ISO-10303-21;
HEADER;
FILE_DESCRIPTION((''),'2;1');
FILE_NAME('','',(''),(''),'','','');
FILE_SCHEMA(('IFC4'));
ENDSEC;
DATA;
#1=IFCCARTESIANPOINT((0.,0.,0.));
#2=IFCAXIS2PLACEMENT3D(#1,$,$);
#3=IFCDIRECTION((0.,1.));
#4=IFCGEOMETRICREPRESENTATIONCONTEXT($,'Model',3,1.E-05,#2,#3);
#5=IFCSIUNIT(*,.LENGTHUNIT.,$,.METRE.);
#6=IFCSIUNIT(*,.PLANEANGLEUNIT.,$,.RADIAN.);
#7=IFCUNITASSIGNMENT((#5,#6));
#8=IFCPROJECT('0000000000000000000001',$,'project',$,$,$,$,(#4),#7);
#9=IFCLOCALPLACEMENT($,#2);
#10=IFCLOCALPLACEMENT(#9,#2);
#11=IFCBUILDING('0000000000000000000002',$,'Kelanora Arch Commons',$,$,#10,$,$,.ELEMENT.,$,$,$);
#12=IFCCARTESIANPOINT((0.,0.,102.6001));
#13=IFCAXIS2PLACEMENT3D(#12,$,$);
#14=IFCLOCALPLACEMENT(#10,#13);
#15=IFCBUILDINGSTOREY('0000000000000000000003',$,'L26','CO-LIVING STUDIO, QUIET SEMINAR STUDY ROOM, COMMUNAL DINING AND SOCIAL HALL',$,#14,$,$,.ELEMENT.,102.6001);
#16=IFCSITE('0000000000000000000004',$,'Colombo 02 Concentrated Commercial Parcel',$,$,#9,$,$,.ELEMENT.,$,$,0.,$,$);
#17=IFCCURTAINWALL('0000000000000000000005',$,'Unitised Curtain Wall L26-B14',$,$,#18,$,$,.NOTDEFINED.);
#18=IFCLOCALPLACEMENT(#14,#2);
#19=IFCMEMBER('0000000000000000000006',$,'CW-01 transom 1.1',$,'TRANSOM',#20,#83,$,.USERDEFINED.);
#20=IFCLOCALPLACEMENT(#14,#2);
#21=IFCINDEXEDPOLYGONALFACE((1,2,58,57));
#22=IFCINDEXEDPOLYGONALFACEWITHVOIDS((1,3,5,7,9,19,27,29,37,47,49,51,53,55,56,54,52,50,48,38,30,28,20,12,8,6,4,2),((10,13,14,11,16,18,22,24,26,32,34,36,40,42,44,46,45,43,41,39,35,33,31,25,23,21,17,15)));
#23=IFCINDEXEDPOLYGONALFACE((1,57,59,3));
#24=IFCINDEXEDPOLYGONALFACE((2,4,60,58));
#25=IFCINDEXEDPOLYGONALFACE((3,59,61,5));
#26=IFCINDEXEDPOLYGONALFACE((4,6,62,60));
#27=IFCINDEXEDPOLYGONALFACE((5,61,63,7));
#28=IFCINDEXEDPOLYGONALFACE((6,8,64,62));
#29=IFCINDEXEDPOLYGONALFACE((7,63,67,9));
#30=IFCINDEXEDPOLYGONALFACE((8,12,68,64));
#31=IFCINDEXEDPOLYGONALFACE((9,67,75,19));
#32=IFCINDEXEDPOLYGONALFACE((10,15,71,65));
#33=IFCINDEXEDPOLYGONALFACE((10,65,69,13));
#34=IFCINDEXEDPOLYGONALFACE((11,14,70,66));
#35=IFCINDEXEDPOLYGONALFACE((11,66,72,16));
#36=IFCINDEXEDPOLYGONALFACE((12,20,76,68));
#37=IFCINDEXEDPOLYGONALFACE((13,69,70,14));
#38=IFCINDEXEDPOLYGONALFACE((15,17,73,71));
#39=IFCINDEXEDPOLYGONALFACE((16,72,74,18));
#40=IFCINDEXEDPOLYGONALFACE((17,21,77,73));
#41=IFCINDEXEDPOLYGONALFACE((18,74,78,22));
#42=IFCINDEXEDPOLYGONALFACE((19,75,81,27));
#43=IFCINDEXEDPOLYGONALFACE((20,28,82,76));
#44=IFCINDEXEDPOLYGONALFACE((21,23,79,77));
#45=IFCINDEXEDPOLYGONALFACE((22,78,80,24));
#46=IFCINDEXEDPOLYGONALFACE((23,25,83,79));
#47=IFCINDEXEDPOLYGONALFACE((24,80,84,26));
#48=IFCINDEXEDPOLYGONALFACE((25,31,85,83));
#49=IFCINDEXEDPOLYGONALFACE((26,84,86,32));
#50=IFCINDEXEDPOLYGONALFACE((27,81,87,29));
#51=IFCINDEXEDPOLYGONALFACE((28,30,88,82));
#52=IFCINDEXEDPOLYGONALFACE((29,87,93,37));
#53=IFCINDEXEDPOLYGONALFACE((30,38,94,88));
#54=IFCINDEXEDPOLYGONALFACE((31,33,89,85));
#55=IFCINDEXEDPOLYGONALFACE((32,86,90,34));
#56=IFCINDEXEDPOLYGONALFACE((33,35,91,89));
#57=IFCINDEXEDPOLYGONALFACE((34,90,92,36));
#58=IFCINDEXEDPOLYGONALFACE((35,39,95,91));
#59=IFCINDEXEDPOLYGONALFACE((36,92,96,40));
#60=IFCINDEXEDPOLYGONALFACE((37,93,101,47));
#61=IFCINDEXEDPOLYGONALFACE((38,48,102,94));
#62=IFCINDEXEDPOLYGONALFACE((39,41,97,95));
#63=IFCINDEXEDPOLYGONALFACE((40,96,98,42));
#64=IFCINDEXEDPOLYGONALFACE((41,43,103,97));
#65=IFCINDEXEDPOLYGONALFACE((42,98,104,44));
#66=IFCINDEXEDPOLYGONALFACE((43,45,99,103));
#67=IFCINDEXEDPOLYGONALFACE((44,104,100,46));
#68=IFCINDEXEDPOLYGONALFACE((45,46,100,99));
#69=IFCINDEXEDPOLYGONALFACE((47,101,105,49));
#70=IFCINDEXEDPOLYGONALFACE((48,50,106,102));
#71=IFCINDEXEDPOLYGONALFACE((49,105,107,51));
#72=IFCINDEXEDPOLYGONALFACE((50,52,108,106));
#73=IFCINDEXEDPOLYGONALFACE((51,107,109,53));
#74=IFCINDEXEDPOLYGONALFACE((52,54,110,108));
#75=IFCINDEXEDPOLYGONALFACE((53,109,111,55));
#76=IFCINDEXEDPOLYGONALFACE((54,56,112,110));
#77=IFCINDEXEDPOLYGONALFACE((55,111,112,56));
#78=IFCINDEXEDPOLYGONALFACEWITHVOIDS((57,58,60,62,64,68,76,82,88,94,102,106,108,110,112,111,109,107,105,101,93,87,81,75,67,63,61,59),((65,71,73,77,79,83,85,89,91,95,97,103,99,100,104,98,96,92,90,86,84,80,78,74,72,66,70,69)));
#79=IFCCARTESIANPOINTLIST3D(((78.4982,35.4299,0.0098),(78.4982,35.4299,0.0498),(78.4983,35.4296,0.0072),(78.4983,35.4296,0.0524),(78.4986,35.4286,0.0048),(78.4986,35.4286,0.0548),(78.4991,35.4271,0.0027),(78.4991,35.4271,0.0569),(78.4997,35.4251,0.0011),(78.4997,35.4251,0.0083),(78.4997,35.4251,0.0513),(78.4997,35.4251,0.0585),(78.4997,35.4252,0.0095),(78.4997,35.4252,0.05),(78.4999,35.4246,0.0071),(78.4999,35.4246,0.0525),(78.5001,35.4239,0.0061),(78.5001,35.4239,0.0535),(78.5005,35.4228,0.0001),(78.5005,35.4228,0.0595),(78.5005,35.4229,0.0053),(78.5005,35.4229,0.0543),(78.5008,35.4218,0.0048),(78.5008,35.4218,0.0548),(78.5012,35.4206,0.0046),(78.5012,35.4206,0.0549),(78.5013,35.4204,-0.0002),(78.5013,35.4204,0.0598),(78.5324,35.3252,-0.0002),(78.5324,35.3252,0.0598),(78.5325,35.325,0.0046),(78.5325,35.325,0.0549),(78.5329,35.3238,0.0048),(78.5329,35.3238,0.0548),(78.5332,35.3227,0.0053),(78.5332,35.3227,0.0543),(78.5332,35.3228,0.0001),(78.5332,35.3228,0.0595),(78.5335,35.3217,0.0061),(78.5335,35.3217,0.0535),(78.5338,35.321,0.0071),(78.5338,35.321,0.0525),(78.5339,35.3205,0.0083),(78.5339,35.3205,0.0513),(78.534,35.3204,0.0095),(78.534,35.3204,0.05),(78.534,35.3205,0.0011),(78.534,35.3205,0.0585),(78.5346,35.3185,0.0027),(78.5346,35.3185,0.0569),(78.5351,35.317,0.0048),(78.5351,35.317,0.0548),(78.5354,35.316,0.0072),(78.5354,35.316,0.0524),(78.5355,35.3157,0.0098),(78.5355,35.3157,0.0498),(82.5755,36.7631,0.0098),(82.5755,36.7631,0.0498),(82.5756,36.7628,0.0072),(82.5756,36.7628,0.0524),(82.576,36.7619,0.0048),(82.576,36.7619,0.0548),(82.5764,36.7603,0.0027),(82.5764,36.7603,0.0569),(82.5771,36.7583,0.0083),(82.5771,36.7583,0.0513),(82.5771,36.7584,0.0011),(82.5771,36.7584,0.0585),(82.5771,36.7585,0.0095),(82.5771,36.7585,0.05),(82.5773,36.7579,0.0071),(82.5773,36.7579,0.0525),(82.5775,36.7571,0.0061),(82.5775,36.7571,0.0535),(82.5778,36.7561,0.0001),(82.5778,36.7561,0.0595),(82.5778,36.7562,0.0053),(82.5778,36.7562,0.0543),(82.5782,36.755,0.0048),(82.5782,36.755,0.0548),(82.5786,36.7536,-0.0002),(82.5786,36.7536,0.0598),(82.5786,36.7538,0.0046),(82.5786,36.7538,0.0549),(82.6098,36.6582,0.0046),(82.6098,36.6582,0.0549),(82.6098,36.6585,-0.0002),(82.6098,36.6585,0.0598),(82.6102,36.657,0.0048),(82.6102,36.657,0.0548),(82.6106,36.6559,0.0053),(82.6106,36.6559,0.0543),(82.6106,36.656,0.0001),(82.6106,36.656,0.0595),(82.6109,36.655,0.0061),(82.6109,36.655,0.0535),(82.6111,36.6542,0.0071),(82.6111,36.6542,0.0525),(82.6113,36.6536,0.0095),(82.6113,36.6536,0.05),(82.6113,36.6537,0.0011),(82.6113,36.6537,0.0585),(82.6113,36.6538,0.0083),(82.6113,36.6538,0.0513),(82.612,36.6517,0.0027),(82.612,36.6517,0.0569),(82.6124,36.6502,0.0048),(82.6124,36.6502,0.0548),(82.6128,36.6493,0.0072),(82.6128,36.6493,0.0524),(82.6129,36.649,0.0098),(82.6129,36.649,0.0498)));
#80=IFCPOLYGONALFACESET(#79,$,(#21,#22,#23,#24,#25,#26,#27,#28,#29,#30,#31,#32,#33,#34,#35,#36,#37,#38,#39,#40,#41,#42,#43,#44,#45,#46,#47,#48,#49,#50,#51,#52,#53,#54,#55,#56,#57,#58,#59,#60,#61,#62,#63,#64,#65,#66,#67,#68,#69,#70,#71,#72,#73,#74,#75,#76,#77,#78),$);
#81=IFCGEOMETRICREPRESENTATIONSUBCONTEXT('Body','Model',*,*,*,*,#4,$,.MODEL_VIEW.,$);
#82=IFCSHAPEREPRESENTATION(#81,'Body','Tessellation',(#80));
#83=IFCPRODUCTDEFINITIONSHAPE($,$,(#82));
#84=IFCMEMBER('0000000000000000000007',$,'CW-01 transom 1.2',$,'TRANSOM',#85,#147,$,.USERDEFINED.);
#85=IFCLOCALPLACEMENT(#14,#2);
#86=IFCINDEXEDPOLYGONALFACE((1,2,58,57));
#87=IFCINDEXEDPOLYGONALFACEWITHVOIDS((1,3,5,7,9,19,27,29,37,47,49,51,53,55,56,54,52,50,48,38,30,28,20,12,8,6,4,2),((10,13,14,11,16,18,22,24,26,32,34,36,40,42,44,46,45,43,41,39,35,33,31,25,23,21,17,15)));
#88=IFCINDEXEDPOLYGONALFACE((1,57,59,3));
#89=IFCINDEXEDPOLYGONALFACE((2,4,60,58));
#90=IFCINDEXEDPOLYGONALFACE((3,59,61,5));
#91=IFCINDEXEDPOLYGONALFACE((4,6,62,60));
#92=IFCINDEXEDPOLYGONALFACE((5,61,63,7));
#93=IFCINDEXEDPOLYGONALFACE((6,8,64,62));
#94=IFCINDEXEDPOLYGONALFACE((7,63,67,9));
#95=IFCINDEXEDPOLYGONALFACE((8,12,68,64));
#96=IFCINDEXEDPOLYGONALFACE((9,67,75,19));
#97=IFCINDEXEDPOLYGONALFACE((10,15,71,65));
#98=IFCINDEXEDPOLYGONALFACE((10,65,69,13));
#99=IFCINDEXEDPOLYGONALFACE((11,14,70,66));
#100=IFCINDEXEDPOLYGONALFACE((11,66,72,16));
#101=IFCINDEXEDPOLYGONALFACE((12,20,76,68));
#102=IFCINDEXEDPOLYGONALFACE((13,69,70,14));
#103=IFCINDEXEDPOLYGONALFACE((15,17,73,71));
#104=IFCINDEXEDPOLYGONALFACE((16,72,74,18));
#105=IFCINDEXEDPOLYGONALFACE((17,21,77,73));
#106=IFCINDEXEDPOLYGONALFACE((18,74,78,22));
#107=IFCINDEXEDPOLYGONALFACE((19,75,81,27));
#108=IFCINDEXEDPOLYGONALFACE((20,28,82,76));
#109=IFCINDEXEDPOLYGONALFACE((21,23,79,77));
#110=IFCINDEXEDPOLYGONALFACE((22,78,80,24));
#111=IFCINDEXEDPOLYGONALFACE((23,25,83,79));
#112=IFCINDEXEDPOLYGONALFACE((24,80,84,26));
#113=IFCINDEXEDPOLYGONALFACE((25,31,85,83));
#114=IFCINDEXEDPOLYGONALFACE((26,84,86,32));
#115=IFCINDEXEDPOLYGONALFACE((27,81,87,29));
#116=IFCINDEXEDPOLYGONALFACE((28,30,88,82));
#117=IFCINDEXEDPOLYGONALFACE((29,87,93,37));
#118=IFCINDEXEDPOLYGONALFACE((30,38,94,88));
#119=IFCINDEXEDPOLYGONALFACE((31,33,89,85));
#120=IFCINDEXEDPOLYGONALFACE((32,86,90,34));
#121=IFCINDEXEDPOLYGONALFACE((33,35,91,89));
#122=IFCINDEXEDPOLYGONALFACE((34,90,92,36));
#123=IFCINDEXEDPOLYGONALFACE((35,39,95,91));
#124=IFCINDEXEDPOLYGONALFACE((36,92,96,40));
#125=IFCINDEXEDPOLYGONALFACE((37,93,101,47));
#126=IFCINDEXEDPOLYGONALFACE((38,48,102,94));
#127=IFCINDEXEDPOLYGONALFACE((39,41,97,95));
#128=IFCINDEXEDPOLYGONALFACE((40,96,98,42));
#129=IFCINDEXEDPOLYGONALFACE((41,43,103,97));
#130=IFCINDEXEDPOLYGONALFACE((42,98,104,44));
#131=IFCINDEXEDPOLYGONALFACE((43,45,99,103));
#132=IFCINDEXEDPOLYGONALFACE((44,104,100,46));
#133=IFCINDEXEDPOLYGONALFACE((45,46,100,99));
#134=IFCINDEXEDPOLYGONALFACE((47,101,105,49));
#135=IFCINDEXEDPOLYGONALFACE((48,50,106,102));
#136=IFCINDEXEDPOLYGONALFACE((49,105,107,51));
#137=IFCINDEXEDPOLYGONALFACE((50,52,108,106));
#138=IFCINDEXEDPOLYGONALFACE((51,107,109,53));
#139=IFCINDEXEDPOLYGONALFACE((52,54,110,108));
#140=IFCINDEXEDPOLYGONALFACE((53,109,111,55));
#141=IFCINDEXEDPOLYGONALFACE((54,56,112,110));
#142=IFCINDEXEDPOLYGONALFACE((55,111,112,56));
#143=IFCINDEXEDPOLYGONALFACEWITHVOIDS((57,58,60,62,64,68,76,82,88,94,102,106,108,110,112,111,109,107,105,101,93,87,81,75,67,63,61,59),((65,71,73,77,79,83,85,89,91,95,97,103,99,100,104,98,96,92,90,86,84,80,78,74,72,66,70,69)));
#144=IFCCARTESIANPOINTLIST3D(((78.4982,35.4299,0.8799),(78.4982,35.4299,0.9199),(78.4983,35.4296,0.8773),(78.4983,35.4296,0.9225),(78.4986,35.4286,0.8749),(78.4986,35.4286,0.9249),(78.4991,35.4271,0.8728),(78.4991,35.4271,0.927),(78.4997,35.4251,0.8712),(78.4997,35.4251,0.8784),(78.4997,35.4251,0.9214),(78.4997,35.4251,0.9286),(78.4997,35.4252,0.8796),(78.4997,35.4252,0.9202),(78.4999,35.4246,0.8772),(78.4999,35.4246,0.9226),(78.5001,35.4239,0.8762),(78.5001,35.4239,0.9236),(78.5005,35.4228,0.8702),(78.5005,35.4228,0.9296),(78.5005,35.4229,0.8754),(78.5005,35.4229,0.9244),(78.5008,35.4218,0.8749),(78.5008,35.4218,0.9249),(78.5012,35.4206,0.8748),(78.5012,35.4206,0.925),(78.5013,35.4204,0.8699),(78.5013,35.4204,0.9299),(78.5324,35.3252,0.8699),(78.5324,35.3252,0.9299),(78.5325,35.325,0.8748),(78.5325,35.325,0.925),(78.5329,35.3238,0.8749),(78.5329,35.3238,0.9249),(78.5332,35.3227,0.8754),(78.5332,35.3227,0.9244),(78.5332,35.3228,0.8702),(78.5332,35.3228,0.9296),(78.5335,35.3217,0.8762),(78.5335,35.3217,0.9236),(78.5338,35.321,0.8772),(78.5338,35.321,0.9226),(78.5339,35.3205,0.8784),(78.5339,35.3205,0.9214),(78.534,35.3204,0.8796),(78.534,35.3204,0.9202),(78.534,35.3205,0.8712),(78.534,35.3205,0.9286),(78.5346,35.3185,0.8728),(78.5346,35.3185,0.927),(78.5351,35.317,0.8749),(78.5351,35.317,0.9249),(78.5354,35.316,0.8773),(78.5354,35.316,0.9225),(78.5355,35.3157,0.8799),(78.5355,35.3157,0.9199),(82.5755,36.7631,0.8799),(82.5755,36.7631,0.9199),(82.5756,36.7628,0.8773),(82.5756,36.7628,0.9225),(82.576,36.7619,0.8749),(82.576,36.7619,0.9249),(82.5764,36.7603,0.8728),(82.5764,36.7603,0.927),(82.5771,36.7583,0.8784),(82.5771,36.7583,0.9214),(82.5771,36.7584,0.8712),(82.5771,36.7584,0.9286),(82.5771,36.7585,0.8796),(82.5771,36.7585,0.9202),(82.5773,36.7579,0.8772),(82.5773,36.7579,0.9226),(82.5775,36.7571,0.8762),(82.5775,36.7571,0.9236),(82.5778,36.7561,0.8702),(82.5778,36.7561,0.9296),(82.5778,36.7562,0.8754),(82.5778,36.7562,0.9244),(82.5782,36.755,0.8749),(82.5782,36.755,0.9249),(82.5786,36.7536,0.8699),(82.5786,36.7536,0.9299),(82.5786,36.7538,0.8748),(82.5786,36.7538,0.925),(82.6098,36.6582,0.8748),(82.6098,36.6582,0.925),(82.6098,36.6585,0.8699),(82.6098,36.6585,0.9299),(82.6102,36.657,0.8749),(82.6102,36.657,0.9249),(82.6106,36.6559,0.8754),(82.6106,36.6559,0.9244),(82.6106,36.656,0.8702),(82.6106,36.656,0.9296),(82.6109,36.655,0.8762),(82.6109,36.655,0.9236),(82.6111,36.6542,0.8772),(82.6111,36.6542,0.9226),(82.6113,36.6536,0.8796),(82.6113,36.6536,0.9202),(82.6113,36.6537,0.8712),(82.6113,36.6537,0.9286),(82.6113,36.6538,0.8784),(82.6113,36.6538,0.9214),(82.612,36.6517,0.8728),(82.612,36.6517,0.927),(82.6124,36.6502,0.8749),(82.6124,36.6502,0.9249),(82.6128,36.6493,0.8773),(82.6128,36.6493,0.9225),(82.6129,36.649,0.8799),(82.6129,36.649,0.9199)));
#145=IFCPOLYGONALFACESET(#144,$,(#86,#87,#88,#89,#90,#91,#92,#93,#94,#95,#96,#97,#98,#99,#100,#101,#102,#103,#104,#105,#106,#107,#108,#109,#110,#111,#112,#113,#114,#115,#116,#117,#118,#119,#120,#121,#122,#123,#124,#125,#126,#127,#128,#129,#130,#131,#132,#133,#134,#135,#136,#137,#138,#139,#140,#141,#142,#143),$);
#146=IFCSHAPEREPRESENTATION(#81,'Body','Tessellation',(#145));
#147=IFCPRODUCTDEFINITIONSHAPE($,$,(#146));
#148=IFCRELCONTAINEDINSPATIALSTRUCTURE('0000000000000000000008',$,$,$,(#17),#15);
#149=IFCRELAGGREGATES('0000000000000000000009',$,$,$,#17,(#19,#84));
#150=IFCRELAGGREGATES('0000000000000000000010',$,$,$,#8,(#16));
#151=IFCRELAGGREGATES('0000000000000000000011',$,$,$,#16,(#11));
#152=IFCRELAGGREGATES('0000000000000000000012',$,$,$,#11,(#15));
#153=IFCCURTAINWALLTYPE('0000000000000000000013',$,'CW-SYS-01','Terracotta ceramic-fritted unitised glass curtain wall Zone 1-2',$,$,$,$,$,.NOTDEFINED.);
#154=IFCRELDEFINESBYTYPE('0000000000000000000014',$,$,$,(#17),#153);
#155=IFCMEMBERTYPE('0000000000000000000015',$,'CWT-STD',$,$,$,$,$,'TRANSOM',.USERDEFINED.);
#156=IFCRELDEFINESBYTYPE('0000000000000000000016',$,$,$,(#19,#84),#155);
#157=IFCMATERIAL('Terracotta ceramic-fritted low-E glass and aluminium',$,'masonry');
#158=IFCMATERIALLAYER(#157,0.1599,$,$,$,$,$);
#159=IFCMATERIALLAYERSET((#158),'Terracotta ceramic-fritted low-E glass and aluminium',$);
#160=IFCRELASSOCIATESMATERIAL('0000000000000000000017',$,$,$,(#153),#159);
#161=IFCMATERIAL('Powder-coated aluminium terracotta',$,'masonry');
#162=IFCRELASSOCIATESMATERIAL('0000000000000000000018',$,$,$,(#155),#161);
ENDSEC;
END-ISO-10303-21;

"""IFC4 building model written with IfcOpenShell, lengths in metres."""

from ifc_helpers import new_model, si_unit, direction, frame, origin, origin_2d, place, context, subcontext, project, spatial, hollow_rectangle, extrude, material, layer, layer_set, material_profile, profile_set, type_object, element, aggregate, save


model = new_model("IFC4")

# Units and contexts
model_context = context("Model", 3, precision=1e-05, world=origin(), true_north=direction((0.0, 1.0)))
body_context = subcontext(model_context, "Body", "Model", "MODEL_VIEW")
ifc_project = project(units=[si_unit("LENGTHUNIT", "METRE"), si_unit("PLANEANGLEUNIT", "RADIAN")], contexts=[model_context])

# Site, building, storey
site_placement = place(None, origin())
site = spatial("IfcSite", under=ifc_project, at=site_placement, Name="Colombo 02 Concentrated Commercial Parcel", CompositionType="ELEMENT", RefElevation=0.0)
building_placement = place(site_placement, origin())
building = spatial("IfcBuilding", under=site, at=building_placement, Name="Kelanora Arch Commons", CompositionType="ELEMENT")
storey_placement = place(building_placement, frame((0.0, 0.0, 102.6001)))
storey = spatial("IfcBuildingStorey", under=building, at=storey_placement, Name="L26", Description="CO-LIVING STUDIO, QUIET SEMINAR STUDY ROOM, COMMUNAL DINING AND SOCIAL HALL", CompositionType="ELEMENT", Elevation=102.6001)

# Curtain wall, members
ifc_material_1 = material(Name="Terracotta ceramic-fritted low-E glass and aluminium", Category="masonry")
ifc_layer_1 = layer(ifc_material_1, 0.1599)
ifc_layer_set_1 = layer_set([ifc_layer_1], Name="Terracotta ceramic-fritted low-E glass and aluminium")
curtain_wall_type = type_object("IfcCurtainWallType", Name="CW-SYS-01", Description="Terracotta ceramic-fritted unitised glass curtain wall Zone 1-2", PredefinedType="NOTDEFINED", material=ifc_layer_set_1)
curtain_wall_placement = place(storey_placement, origin())
curtain_wall = element("IfcCurtainWall", 1, at=curtain_wall_placement, inside=storey, type_object=curtain_wall_type, Name="Unitised Curtain Wall L26-B14", PredefinedType="NOTDEFINED")
ifc_material_2 = material(Name="Powder-coated aluminium terracotta", Category="masonry")
ifc_material_profile_1 = material_profile(ifc_material_2, hollow_rectangle(XDim=0.1201, YDim=0.0601, WallThickness=0.0049, InnerFilletRadius=0.0049, OuterFilletRadius=0.01, at=origin_2d()), Name="CWT120x60")
ifc_profile_set_1 = profile_set([ifc_material_profile_1], Name="Powder-coated aluminium terracotta")
member_type_1 = type_object("IfcMemberType", Name="CWT-STD", ElementType="TRANSOM", PredefinedType="USERDEFINED", material=ifc_profile_set_1)
member_1_placement = place(storey_placement, frame((78.5168, 35.3728, 0.0298), z_axis=(0.950478, 0.310793, 0.0), x_axis=(-0.310793, 0.950478, 0.0)))
member_1 = element("IfcMember", 2, at=member_1_placement, type_object=member_type_1, Name="CW-01 transom 1.1", ObjectType="TRANSOM", PredefinedType="USERDEFINED", context=body_context, shape_type="SweptSolid", body=[
    extrude(hollow_rectangle(XDim=0.1201, YDim=0.0601, WallThickness=0.0049, InnerFilletRadius=0.0049, OuterFilletRadius=0.01, at=origin_2d()), origin(), (0.0, 0.0, 1.0), 4.2898),
])
member_2_placement = place(storey_placement, frame((78.5168, 35.3728, 0.8999), z_axis=(0.950478, 0.310793, 0.0), x_axis=(-0.310793, 0.950478, 0.0)))
member_2 = element("IfcMember", 3, at=member_2_placement, type_object=member_type_1, Name="CW-01 transom 1.2", ObjectType="TRANSOM", PredefinedType="USERDEFINED", context=body_context, shape_type="SweptSolid", body=[
    extrude(hollow_rectangle(XDim=0.1201, YDim=0.0601, WallThickness=0.0049, InnerFilletRadius=0.0049, OuterFilletRadius=0.01, at=origin_2d()), origin(), (0.0, 0.0, 1.0), 4.2898),
])
aggregate(curtain_wall, [member_1, member_2])

save(model, "model.ifc")
